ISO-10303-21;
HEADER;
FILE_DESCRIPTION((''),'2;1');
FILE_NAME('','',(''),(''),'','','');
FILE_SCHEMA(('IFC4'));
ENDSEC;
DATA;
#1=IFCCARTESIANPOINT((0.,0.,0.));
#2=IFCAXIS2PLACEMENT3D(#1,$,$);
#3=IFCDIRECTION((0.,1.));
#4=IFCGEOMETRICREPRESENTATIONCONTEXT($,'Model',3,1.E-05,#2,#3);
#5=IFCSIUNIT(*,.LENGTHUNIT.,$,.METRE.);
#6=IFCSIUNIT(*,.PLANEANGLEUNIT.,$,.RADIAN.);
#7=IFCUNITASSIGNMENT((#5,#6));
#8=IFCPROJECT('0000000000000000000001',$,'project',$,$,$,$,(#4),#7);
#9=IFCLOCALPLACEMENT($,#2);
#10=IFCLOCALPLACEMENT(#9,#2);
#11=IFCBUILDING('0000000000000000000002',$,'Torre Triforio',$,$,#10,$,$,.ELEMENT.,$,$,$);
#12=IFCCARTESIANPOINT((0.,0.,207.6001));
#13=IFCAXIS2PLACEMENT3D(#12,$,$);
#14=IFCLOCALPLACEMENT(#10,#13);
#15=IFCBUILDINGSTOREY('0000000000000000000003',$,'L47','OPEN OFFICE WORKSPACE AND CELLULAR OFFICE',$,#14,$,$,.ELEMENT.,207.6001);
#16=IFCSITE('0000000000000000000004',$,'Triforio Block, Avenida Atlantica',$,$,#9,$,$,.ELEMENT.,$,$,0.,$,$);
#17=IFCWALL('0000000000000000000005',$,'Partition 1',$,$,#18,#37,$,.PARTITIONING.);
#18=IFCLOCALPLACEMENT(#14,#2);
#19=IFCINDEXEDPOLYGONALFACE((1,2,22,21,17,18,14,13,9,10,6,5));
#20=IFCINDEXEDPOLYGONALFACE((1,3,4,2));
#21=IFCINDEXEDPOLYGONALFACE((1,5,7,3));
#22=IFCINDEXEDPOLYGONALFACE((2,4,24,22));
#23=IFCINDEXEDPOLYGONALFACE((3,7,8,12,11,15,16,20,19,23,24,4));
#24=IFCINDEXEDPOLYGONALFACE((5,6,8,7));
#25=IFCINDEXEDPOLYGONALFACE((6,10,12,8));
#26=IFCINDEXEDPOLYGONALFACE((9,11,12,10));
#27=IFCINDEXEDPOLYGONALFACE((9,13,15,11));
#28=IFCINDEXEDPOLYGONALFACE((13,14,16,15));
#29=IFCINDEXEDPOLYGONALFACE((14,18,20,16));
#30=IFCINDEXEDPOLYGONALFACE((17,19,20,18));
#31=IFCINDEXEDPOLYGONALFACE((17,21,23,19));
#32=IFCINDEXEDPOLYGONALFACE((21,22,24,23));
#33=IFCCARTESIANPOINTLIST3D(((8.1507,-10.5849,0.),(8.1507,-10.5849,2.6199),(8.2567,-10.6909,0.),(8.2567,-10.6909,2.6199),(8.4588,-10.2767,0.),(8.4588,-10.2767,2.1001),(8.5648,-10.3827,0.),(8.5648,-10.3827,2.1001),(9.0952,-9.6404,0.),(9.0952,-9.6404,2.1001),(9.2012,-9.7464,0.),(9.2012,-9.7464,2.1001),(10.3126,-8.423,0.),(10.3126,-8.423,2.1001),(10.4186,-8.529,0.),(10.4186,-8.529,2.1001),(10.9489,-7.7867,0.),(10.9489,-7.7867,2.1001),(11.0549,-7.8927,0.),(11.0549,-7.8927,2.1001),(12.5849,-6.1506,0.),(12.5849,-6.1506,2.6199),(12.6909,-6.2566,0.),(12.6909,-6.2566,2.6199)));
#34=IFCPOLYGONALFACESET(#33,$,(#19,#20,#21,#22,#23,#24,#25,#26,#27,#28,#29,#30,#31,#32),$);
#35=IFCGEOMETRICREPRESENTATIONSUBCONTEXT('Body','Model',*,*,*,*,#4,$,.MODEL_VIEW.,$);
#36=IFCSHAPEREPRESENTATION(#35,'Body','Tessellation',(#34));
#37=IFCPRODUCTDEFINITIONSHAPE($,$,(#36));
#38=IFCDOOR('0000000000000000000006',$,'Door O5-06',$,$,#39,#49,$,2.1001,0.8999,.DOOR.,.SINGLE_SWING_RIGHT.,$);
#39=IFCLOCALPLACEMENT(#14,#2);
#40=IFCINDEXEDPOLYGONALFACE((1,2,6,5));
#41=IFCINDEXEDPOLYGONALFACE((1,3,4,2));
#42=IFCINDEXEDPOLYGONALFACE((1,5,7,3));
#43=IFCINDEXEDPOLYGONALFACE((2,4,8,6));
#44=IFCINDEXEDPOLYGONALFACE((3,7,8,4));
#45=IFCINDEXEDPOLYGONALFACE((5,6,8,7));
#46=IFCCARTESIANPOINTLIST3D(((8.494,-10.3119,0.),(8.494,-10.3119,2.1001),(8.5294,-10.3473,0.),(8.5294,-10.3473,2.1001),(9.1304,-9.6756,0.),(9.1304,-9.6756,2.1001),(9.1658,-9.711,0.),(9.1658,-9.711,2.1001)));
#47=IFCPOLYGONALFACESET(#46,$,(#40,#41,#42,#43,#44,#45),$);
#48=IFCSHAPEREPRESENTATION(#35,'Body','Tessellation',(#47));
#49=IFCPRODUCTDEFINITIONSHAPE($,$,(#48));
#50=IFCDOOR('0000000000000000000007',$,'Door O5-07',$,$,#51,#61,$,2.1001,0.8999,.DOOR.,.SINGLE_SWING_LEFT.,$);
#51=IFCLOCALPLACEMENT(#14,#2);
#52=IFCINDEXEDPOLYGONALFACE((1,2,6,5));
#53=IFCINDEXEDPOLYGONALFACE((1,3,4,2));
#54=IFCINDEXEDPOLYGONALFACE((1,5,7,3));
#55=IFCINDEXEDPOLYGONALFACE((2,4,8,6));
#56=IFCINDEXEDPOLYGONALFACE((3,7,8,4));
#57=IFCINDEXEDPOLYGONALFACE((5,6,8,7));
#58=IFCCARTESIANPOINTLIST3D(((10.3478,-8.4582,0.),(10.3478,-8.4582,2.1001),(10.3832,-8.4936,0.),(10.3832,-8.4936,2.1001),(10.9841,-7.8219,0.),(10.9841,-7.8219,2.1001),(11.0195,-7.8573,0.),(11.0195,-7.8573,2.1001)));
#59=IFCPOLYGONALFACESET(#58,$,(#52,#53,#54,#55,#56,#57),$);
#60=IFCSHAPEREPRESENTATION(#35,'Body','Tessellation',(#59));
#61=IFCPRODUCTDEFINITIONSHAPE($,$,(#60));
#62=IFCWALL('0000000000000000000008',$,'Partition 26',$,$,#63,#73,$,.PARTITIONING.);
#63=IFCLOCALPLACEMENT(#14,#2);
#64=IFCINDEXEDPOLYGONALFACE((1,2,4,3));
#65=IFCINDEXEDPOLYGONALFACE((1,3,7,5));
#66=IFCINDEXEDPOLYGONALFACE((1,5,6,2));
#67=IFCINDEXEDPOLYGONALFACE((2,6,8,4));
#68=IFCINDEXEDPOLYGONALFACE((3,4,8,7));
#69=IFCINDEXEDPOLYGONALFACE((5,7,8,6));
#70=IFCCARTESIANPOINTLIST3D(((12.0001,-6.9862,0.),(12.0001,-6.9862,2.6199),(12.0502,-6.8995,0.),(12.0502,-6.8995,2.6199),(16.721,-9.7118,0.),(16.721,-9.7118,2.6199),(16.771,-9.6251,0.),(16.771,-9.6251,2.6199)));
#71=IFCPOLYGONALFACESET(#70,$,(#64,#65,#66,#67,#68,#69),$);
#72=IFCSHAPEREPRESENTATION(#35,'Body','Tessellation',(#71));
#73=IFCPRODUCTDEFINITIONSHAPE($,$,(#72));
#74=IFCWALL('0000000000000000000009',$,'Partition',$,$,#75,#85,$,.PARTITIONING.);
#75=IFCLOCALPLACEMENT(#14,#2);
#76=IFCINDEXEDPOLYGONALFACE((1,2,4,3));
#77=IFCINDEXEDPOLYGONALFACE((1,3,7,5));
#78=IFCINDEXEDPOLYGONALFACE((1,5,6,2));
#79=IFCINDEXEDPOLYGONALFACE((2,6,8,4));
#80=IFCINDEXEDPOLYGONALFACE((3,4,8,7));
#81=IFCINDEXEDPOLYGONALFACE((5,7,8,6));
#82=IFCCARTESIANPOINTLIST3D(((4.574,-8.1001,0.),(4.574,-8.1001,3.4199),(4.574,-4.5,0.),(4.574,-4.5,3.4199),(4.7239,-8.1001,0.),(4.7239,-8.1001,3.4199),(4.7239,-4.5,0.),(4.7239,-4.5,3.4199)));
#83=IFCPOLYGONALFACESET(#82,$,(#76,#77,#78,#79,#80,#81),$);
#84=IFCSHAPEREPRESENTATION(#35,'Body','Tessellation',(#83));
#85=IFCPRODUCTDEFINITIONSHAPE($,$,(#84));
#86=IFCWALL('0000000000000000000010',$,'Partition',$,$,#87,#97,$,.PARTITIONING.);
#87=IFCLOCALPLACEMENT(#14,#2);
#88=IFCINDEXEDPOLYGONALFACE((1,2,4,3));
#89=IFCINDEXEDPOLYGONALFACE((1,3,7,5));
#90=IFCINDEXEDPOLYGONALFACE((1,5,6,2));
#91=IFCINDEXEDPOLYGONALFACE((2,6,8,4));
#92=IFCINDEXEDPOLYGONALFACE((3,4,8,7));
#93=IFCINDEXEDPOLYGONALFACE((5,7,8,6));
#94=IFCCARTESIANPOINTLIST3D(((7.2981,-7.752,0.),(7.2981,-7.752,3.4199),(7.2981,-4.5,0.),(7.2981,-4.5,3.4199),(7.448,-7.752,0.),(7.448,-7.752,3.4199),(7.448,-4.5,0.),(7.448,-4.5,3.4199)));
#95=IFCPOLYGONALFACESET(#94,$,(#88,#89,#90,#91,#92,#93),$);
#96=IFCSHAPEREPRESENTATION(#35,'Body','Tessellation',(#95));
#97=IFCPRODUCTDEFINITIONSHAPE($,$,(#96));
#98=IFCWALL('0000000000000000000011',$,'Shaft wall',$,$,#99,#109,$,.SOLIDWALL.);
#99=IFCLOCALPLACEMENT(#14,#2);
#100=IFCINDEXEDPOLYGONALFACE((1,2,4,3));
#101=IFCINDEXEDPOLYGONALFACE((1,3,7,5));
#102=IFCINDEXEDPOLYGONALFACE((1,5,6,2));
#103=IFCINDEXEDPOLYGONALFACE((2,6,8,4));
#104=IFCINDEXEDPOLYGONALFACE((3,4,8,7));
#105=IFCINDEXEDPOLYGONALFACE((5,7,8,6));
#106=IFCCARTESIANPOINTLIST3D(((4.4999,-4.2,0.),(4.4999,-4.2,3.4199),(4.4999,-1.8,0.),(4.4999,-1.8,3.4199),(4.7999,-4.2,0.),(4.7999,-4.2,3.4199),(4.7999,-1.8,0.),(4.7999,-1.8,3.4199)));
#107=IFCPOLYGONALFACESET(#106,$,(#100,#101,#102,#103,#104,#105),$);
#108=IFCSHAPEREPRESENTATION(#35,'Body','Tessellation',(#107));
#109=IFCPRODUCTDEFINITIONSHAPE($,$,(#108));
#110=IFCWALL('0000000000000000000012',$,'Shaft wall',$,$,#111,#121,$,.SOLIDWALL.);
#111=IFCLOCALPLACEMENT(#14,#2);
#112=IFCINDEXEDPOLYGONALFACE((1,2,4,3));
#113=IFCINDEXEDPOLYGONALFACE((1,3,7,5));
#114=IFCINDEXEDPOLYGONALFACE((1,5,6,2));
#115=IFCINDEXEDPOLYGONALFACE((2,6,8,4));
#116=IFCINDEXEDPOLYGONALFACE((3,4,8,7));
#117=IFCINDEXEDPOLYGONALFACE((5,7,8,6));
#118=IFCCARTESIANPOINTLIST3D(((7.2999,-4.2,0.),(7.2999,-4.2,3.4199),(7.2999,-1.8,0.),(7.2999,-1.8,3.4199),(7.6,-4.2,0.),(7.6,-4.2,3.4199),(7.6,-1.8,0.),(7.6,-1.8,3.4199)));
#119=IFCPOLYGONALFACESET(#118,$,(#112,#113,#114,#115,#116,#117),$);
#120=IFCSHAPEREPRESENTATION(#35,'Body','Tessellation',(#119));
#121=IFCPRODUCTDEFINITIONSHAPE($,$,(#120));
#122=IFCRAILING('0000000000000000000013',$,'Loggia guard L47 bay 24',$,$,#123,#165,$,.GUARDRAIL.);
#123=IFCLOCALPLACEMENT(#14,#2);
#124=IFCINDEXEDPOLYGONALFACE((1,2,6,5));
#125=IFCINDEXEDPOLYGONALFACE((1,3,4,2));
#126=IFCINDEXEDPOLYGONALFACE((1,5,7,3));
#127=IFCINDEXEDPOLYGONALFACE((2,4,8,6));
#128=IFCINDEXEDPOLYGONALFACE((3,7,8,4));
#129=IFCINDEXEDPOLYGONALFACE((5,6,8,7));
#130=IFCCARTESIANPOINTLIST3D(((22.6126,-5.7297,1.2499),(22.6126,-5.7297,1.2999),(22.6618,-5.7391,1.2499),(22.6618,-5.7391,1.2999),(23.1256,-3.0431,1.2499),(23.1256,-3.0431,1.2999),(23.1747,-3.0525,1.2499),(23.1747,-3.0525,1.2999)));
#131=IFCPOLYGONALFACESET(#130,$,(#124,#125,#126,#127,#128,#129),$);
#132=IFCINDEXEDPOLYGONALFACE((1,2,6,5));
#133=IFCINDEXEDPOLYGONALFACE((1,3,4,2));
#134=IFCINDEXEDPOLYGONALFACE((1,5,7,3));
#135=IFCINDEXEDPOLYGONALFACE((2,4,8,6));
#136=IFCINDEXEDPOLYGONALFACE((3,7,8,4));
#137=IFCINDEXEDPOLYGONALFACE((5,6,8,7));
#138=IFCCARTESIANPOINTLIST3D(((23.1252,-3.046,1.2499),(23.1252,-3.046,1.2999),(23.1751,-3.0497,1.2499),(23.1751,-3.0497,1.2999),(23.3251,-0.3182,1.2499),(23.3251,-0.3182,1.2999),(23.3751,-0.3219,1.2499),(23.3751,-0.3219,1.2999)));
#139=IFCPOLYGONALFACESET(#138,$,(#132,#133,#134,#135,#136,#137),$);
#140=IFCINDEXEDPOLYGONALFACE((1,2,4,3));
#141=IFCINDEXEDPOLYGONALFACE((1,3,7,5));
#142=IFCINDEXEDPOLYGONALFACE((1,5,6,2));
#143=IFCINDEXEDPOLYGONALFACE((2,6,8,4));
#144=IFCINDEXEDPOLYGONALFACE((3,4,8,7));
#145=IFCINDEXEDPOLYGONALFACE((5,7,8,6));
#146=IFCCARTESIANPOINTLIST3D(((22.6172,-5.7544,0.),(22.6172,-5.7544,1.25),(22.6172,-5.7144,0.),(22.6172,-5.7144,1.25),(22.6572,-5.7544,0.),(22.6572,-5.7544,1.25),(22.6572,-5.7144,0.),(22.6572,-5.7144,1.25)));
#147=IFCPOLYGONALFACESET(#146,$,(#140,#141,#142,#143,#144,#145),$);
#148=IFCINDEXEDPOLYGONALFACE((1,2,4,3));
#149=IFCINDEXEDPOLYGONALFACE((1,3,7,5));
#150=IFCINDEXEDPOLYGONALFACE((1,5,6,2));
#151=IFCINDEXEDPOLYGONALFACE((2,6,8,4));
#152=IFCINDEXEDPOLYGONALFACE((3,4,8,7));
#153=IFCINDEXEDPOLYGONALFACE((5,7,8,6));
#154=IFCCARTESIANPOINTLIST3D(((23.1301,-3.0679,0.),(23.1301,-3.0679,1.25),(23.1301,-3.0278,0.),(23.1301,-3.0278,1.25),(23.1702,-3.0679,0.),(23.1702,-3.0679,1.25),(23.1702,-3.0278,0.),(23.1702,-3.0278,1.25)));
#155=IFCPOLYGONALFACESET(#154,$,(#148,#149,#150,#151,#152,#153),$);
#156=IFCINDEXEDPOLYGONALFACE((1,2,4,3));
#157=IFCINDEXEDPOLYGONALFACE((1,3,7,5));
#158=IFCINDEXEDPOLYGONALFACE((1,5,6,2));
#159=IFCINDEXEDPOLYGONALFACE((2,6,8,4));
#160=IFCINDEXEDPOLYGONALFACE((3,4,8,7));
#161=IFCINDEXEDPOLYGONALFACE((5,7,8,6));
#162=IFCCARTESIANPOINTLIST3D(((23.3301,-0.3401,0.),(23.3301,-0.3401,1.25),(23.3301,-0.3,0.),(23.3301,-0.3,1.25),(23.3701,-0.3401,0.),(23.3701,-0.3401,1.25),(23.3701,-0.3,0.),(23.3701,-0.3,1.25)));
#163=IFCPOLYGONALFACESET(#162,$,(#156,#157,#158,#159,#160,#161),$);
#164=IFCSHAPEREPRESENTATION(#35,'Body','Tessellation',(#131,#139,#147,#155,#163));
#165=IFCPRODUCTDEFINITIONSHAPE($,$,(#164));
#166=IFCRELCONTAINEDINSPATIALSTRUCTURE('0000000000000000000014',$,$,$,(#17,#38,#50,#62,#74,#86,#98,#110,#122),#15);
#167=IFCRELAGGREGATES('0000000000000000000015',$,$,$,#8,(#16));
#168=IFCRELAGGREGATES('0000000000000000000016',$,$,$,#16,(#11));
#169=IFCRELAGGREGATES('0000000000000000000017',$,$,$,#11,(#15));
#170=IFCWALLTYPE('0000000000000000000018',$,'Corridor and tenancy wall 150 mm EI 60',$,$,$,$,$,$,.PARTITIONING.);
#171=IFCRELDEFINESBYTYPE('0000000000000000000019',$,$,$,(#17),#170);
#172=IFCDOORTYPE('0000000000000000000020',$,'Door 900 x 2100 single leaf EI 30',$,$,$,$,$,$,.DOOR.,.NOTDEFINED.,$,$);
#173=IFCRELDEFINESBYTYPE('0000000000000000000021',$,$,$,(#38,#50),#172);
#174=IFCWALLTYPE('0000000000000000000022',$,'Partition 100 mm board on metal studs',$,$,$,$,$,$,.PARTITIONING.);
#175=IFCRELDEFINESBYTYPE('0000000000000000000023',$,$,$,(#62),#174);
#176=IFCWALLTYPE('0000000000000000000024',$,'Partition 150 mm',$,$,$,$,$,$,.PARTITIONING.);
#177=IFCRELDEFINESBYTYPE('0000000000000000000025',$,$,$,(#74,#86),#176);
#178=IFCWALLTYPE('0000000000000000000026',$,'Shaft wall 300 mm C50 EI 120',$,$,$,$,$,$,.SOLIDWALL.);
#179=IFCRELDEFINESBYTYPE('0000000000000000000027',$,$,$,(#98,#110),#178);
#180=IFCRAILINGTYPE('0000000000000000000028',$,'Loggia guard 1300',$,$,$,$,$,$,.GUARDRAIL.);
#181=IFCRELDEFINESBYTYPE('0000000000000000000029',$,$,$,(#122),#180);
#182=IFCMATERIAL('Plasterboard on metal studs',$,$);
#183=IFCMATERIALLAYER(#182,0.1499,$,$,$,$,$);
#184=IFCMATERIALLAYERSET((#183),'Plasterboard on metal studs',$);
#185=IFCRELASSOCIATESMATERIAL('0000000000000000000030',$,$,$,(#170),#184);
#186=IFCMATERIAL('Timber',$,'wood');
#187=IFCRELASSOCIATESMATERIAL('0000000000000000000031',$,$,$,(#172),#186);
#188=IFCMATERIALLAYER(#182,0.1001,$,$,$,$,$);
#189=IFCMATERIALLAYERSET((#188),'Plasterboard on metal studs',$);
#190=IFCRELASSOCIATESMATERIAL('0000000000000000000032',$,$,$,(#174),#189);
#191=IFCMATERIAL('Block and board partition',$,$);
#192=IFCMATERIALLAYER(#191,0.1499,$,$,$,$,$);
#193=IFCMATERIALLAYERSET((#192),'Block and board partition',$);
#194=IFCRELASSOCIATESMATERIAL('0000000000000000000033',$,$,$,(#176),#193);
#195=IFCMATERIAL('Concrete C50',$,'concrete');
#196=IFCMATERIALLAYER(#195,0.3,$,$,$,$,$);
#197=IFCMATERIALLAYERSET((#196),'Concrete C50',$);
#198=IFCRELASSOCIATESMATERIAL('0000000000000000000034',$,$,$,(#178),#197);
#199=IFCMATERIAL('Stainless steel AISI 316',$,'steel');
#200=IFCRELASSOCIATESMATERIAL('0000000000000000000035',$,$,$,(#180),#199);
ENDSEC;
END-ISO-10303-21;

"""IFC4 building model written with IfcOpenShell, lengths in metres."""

from ifc_helpers import new_model, si_unit, direction, frame, frame_2d, origin, origin_2d, place, context, subcontext, project, spatial, rectangle, extrude, material, layer, layer_set, type_object, element, fill, save


model = new_model("IFC4")

# Units and contexts
model_context = context("Model", 3, precision=1e-05, world=origin(), true_north=direction((0.0, 1.0)))
body_context = subcontext(model_context, "Body", "Model", "MODEL_VIEW")
ifc_project = project(units=[si_unit("LENGTHUNIT", "METRE"), si_unit("PLANEANGLEUNIT", "RADIAN")], contexts=[model_context])

# Site, building, storey
site_placement = place(None, origin())
site = spatial("IfcSite", under=ifc_project, at=site_placement, Name="Triforio Block, Avenida Atlantica", CompositionType="ELEMENT", RefElevation=0.0)
building_placement = place(site_placement, origin())
building = spatial("IfcBuilding", under=site, at=building_placement, Name="Torre Triforio", CompositionType="ELEMENT")
storey_placement = place(building_placement, frame((0.0, 0.0, 207.6001)))
storey = spatial("IfcBuildingStorey", under=building, at=storey_placement, Name="L47", Description="OPEN OFFICE WORKSPACE AND CELLULAR OFFICE", CompositionType="ELEMENT", Elevation=207.6001)

# Shared definitions
ifc_material_1 = material(Name="Concrete C50", Category="concrete")

# Wall, openings, doors
ifc_material_2 = material(Name="Plasterboard on metal studs")
ifc_layer_1 = layer(ifc_material_2, 0.1499)
ifc_layer_set_1 = layer_set([ifc_layer_1], Name="Plasterboard on metal studs")
wall_type_1 = type_object("IfcWallType", Name="Corridor and tenancy wall 150 mm EI 60", PredefinedType="PARTITIONING", material=ifc_layer_set_1)
wall_1_placement = place(storey_placement, frame((12.6379, -6.2036, 0.0), z_axis=(0.0, 0.0, 1.0), x_axis=(-0.707107, -0.707107, 0.0)))
wall_1 = element("IfcWall", 1, at=wall_1_placement, inside=storey, type_object=wall_type_1, Name="Partition 1", PredefinedType="PARTITIONING", context=body_context, shape_type="SweptSolid", body=[
    extrude(rectangle(XDim=6.271, YDim=0.1499, at=frame_2d((3.1355, 0.0))), origin(), (0.0, 0.0, 1.0), 2.6199),
])
opening_1_placement = place(wall_1_placement, frame((4.9353, 0.0, 0.0)))
opening_1 = element("IfcOpeningElement", 2, at=opening_1_placement, cuts=wall_1, PredefinedType="OPENING", context=body_context, shape_type="SweptSolid", body=[
    extrude(rectangle(XDim=0.8999, YDim=2.1001, at=frame_2d((0.45, 1.05))), frame((0.0, 0.085, 0.0), z_axis=(0.0, -1.0, 0.0), x_axis=(1.0, 0.0, 0.0)), (0.0, 0.0, 1.0), 0.1699),
])
opening_2_placement = place(wall_1_placement, frame((2.3137, 0.0, 0.0)))
opening_2 = element("IfcOpeningElement", 3, at=opening_2_placement, cuts=wall_1, PredefinedType="OPENING", context=body_context, shape_type="SweptSolid", body=[
    extrude(rectangle(XDim=0.8999, YDim=2.1001, at=frame_2d((0.45, 1.05))), frame((0.0, 0.085, 0.0), z_axis=(0.0, -1.0, 0.0), x_axis=(1.0, 0.0, 0.0)), (0.0, 0.0, 1.0), 0.1699),
])
ifc_material_3 = material(Name="Timber", Category="wood")
door_type_1 = type_object("IfcDoorType", Name="Door 900 x 2100 single leaf EI 30", OperationType="NOTDEFINED", PredefinedType="DOOR", material=ifc_material_3)
door_1_placement = place(opening_1_placement, origin())
door_1 = element("IfcDoor", 4, at=door_1_placement, inside=storey, type_object=door_type_1, Name="Door O5-06", OperationType="SINGLE_SWING_RIGHT", OverallHeight=2.1001, OverallWidth=0.8999, PredefinedType="DOOR", context=body_context, shape_type="SweptSolid", body=[
    extrude(rectangle(XDim=0.8999, YDim=2.1001, at=frame_2d((0.45, 1.05))), frame((0.0, 0.0249, 0.0), z_axis=(0.0, -1.0, 0.0), x_axis=(1.0, 0.0, 0.0)), (0.0, 0.0, 1.0), 0.05),
])
fill(opening_1, door_1)
door_2_placement = place(opening_2_placement, origin())
door_2 = element("IfcDoor", 5, at=door_2_placement, inside=storey, type_object=door_type_1, Name="Door O5-07", OperationType="SINGLE_SWING_LEFT", OverallHeight=2.1001, OverallWidth=0.8999, PredefinedType="DOOR", context=body_context, shape_type="SweptSolid", body=[
    extrude(rectangle(XDim=0.8999, YDim=2.1001, at=frame_2d((0.45, 1.05))), frame((0.0, 0.0249, 0.0), z_axis=(0.0, -1.0, 0.0), x_axis=(1.0, 0.0, 0.0)), (0.0, 0.0, 1.0), 0.05),
])
fill(opening_2, door_2)

# Walls
ifc_layer_2 = layer(ifc_material_2, 0.1001)
ifc_layer_set_2 = layer_set([ifc_layer_2], Name="Plasterboard on metal studs")
wall_type_2 = type_object("IfcWallType", Name="Partition 100 mm board on metal studs", PredefinedType="PARTITIONING", material=ifc_layer_set_2)
wall_2_placement = place(storey_placement, frame((12.0251, -6.9429, 0.0), z_axis=(0.0, 0.0, 1.0), x_axis=(0.86603, -0.499993, 0.0)))
element("IfcWall", 6, at=wall_2_placement, inside=storey, type_object=wall_type_2, Name="Partition 26", PredefinedType="PARTITIONING", context=body_context, shape_type="SweptSolid", body=[
    extrude(rectangle(XDim=5.4512, YDim=0.1001, at=frame_2d((2.7256, 0.0))), origin(), (0.0, 0.0, 1.0), 2.6199),
])
ifc_material_4 = material(Name="Block and board partition")
ifc_layer_3 = layer(ifc_material_4, 0.1499)
ifc_layer_set_3 = layer_set([ifc_layer_3], Name="Block and board partition")
wall_type_3 = type_object("IfcWallType", Name="Partition 150 mm", PredefinedType="PARTITIONING", material=ifc_layer_set_3)
wall_3_placement = place(storey_placement, frame((4.6489, -8.1001, 0.0), z_axis=(0.0, 0.0, 1.0), x_axis=(0.0, 1.0, 0.0)))
element("IfcWall", 7, at=wall_3_placement, inside=storey, type_object=wall_type_3, Name="Partition", PredefinedType="PARTITIONING", context=body_context, shape_type="SweptSolid", body=[
    extrude(rectangle(XDim=3.6001, YDim=0.1499, at=frame_2d((1.8, 0.0))), origin(), (0.0, 0.0, 1.0), 3.4199),
])
wall_4_placement = place(storey_placement, frame((7.373, -7.752, 0.0), z_axis=(0.0, 0.0, 1.0), x_axis=(0.0, 1.0, 0.0)))
element("IfcWall", 8, at=wall_4_placement, inside=storey, type_object=wall_type_3, Name="Partition", PredefinedType="PARTITIONING", context=body_context, shape_type="SweptSolid", body=[
    extrude(rectangle(XDim=3.252, YDim=0.1499, at=frame_2d((1.626, 0.0))), origin(), (0.0, 0.0, 1.0), 3.4199),
])
ifc_layer_4 = layer(ifc_material_1, 0.3)
ifc_layer_set_4 = layer_set([ifc_layer_4], Name="Concrete C50")
wall_type_4 = type_object("IfcWallType", Name="Shaft wall 300 mm C50 EI 120", PredefinedType="SOLIDWALL", material=ifc_layer_set_4)
for number, where, z_axis, x_axis, name in (
    (9, (4.6499, -4.2, 0.0), (0.0, 0.0, 1.0), (0.0, 1.0, 0.0), "Shaft wall"),
    (10, (7.45, -4.2, 0.0), (0.0, 0.0, 1.0), (0.0, 1.0, 0.0), "Shaft wall"),
):
    element("IfcWall", number, at=place(storey_placement, frame(where, z_axis=z_axis, x_axis=x_axis)), inside=storey, type_object=wall_type_4, Name=name, PredefinedType="SOLIDWALL", context=body_context, shape_type="SweptSolid", body=[
        extrude(rectangle(XDim=2.3999, YDim=0.3, at=frame_2d((1.2, 0.0))), origin(), (0.0, 0.0, 1.0), 3.4199),
    ])

# Railing
ifc_material_5 = material(Name="Stainless steel AISI 316", Category="steel")
railing_type = type_object("IfcRailingType", Name="Loggia guard 1300", PredefinedType="GUARDRAIL", material=ifc_material_5)
railing_placement = place(storey_placement, frame((22.6372, -5.7344, 0.0)))
element("IfcRailing", 11, at=railing_placement, inside=storey, type_object=railing_type, Name="Loggia guard L47 bay 24", PredefinedType="GUARDRAIL", context=body_context, shape_type="SweptSolid", body=[
    extrude(rectangle(XDim=0.05, YDim=0.05, at=origin_2d()), frame((0.0, 0.0, 1.2749), z_axis=(0.187543, 0.982256, 0.0), x_axis=(-0.982256, 0.187543, 0.0)), (0.0, 0.0, 1.0), 2.7351),
    extrude(rectangle(XDim=0.05, YDim=0.05, at=origin_2d()), frame((0.5129, 2.6865, 1.2749), z_axis=(0.073106, 0.997324, 0.0), x_axis=(-0.997324, 0.073106, 0.0)), (0.0, 0.0, 1.0), 2.7351),
    extrude(rectangle(XDim=0.04, YDim=0.04, at=origin_2d()), origin(), (0.0, 0.0, 1.0), 1.25),
    extrude(rectangle(XDim=0.04, YDim=0.04, at=origin_2d()), frame((0.5129, 2.6865, 0.0)), (0.0, 0.0, 1.0), 1.25),
    extrude(rectangle(XDim=0.04, YDim=0.04, at=origin_2d()), frame((0.7129, 5.4143, 0.0)), (0.0, 0.0, 1.0), 1.25),
])

save(model, "model.ifc")
